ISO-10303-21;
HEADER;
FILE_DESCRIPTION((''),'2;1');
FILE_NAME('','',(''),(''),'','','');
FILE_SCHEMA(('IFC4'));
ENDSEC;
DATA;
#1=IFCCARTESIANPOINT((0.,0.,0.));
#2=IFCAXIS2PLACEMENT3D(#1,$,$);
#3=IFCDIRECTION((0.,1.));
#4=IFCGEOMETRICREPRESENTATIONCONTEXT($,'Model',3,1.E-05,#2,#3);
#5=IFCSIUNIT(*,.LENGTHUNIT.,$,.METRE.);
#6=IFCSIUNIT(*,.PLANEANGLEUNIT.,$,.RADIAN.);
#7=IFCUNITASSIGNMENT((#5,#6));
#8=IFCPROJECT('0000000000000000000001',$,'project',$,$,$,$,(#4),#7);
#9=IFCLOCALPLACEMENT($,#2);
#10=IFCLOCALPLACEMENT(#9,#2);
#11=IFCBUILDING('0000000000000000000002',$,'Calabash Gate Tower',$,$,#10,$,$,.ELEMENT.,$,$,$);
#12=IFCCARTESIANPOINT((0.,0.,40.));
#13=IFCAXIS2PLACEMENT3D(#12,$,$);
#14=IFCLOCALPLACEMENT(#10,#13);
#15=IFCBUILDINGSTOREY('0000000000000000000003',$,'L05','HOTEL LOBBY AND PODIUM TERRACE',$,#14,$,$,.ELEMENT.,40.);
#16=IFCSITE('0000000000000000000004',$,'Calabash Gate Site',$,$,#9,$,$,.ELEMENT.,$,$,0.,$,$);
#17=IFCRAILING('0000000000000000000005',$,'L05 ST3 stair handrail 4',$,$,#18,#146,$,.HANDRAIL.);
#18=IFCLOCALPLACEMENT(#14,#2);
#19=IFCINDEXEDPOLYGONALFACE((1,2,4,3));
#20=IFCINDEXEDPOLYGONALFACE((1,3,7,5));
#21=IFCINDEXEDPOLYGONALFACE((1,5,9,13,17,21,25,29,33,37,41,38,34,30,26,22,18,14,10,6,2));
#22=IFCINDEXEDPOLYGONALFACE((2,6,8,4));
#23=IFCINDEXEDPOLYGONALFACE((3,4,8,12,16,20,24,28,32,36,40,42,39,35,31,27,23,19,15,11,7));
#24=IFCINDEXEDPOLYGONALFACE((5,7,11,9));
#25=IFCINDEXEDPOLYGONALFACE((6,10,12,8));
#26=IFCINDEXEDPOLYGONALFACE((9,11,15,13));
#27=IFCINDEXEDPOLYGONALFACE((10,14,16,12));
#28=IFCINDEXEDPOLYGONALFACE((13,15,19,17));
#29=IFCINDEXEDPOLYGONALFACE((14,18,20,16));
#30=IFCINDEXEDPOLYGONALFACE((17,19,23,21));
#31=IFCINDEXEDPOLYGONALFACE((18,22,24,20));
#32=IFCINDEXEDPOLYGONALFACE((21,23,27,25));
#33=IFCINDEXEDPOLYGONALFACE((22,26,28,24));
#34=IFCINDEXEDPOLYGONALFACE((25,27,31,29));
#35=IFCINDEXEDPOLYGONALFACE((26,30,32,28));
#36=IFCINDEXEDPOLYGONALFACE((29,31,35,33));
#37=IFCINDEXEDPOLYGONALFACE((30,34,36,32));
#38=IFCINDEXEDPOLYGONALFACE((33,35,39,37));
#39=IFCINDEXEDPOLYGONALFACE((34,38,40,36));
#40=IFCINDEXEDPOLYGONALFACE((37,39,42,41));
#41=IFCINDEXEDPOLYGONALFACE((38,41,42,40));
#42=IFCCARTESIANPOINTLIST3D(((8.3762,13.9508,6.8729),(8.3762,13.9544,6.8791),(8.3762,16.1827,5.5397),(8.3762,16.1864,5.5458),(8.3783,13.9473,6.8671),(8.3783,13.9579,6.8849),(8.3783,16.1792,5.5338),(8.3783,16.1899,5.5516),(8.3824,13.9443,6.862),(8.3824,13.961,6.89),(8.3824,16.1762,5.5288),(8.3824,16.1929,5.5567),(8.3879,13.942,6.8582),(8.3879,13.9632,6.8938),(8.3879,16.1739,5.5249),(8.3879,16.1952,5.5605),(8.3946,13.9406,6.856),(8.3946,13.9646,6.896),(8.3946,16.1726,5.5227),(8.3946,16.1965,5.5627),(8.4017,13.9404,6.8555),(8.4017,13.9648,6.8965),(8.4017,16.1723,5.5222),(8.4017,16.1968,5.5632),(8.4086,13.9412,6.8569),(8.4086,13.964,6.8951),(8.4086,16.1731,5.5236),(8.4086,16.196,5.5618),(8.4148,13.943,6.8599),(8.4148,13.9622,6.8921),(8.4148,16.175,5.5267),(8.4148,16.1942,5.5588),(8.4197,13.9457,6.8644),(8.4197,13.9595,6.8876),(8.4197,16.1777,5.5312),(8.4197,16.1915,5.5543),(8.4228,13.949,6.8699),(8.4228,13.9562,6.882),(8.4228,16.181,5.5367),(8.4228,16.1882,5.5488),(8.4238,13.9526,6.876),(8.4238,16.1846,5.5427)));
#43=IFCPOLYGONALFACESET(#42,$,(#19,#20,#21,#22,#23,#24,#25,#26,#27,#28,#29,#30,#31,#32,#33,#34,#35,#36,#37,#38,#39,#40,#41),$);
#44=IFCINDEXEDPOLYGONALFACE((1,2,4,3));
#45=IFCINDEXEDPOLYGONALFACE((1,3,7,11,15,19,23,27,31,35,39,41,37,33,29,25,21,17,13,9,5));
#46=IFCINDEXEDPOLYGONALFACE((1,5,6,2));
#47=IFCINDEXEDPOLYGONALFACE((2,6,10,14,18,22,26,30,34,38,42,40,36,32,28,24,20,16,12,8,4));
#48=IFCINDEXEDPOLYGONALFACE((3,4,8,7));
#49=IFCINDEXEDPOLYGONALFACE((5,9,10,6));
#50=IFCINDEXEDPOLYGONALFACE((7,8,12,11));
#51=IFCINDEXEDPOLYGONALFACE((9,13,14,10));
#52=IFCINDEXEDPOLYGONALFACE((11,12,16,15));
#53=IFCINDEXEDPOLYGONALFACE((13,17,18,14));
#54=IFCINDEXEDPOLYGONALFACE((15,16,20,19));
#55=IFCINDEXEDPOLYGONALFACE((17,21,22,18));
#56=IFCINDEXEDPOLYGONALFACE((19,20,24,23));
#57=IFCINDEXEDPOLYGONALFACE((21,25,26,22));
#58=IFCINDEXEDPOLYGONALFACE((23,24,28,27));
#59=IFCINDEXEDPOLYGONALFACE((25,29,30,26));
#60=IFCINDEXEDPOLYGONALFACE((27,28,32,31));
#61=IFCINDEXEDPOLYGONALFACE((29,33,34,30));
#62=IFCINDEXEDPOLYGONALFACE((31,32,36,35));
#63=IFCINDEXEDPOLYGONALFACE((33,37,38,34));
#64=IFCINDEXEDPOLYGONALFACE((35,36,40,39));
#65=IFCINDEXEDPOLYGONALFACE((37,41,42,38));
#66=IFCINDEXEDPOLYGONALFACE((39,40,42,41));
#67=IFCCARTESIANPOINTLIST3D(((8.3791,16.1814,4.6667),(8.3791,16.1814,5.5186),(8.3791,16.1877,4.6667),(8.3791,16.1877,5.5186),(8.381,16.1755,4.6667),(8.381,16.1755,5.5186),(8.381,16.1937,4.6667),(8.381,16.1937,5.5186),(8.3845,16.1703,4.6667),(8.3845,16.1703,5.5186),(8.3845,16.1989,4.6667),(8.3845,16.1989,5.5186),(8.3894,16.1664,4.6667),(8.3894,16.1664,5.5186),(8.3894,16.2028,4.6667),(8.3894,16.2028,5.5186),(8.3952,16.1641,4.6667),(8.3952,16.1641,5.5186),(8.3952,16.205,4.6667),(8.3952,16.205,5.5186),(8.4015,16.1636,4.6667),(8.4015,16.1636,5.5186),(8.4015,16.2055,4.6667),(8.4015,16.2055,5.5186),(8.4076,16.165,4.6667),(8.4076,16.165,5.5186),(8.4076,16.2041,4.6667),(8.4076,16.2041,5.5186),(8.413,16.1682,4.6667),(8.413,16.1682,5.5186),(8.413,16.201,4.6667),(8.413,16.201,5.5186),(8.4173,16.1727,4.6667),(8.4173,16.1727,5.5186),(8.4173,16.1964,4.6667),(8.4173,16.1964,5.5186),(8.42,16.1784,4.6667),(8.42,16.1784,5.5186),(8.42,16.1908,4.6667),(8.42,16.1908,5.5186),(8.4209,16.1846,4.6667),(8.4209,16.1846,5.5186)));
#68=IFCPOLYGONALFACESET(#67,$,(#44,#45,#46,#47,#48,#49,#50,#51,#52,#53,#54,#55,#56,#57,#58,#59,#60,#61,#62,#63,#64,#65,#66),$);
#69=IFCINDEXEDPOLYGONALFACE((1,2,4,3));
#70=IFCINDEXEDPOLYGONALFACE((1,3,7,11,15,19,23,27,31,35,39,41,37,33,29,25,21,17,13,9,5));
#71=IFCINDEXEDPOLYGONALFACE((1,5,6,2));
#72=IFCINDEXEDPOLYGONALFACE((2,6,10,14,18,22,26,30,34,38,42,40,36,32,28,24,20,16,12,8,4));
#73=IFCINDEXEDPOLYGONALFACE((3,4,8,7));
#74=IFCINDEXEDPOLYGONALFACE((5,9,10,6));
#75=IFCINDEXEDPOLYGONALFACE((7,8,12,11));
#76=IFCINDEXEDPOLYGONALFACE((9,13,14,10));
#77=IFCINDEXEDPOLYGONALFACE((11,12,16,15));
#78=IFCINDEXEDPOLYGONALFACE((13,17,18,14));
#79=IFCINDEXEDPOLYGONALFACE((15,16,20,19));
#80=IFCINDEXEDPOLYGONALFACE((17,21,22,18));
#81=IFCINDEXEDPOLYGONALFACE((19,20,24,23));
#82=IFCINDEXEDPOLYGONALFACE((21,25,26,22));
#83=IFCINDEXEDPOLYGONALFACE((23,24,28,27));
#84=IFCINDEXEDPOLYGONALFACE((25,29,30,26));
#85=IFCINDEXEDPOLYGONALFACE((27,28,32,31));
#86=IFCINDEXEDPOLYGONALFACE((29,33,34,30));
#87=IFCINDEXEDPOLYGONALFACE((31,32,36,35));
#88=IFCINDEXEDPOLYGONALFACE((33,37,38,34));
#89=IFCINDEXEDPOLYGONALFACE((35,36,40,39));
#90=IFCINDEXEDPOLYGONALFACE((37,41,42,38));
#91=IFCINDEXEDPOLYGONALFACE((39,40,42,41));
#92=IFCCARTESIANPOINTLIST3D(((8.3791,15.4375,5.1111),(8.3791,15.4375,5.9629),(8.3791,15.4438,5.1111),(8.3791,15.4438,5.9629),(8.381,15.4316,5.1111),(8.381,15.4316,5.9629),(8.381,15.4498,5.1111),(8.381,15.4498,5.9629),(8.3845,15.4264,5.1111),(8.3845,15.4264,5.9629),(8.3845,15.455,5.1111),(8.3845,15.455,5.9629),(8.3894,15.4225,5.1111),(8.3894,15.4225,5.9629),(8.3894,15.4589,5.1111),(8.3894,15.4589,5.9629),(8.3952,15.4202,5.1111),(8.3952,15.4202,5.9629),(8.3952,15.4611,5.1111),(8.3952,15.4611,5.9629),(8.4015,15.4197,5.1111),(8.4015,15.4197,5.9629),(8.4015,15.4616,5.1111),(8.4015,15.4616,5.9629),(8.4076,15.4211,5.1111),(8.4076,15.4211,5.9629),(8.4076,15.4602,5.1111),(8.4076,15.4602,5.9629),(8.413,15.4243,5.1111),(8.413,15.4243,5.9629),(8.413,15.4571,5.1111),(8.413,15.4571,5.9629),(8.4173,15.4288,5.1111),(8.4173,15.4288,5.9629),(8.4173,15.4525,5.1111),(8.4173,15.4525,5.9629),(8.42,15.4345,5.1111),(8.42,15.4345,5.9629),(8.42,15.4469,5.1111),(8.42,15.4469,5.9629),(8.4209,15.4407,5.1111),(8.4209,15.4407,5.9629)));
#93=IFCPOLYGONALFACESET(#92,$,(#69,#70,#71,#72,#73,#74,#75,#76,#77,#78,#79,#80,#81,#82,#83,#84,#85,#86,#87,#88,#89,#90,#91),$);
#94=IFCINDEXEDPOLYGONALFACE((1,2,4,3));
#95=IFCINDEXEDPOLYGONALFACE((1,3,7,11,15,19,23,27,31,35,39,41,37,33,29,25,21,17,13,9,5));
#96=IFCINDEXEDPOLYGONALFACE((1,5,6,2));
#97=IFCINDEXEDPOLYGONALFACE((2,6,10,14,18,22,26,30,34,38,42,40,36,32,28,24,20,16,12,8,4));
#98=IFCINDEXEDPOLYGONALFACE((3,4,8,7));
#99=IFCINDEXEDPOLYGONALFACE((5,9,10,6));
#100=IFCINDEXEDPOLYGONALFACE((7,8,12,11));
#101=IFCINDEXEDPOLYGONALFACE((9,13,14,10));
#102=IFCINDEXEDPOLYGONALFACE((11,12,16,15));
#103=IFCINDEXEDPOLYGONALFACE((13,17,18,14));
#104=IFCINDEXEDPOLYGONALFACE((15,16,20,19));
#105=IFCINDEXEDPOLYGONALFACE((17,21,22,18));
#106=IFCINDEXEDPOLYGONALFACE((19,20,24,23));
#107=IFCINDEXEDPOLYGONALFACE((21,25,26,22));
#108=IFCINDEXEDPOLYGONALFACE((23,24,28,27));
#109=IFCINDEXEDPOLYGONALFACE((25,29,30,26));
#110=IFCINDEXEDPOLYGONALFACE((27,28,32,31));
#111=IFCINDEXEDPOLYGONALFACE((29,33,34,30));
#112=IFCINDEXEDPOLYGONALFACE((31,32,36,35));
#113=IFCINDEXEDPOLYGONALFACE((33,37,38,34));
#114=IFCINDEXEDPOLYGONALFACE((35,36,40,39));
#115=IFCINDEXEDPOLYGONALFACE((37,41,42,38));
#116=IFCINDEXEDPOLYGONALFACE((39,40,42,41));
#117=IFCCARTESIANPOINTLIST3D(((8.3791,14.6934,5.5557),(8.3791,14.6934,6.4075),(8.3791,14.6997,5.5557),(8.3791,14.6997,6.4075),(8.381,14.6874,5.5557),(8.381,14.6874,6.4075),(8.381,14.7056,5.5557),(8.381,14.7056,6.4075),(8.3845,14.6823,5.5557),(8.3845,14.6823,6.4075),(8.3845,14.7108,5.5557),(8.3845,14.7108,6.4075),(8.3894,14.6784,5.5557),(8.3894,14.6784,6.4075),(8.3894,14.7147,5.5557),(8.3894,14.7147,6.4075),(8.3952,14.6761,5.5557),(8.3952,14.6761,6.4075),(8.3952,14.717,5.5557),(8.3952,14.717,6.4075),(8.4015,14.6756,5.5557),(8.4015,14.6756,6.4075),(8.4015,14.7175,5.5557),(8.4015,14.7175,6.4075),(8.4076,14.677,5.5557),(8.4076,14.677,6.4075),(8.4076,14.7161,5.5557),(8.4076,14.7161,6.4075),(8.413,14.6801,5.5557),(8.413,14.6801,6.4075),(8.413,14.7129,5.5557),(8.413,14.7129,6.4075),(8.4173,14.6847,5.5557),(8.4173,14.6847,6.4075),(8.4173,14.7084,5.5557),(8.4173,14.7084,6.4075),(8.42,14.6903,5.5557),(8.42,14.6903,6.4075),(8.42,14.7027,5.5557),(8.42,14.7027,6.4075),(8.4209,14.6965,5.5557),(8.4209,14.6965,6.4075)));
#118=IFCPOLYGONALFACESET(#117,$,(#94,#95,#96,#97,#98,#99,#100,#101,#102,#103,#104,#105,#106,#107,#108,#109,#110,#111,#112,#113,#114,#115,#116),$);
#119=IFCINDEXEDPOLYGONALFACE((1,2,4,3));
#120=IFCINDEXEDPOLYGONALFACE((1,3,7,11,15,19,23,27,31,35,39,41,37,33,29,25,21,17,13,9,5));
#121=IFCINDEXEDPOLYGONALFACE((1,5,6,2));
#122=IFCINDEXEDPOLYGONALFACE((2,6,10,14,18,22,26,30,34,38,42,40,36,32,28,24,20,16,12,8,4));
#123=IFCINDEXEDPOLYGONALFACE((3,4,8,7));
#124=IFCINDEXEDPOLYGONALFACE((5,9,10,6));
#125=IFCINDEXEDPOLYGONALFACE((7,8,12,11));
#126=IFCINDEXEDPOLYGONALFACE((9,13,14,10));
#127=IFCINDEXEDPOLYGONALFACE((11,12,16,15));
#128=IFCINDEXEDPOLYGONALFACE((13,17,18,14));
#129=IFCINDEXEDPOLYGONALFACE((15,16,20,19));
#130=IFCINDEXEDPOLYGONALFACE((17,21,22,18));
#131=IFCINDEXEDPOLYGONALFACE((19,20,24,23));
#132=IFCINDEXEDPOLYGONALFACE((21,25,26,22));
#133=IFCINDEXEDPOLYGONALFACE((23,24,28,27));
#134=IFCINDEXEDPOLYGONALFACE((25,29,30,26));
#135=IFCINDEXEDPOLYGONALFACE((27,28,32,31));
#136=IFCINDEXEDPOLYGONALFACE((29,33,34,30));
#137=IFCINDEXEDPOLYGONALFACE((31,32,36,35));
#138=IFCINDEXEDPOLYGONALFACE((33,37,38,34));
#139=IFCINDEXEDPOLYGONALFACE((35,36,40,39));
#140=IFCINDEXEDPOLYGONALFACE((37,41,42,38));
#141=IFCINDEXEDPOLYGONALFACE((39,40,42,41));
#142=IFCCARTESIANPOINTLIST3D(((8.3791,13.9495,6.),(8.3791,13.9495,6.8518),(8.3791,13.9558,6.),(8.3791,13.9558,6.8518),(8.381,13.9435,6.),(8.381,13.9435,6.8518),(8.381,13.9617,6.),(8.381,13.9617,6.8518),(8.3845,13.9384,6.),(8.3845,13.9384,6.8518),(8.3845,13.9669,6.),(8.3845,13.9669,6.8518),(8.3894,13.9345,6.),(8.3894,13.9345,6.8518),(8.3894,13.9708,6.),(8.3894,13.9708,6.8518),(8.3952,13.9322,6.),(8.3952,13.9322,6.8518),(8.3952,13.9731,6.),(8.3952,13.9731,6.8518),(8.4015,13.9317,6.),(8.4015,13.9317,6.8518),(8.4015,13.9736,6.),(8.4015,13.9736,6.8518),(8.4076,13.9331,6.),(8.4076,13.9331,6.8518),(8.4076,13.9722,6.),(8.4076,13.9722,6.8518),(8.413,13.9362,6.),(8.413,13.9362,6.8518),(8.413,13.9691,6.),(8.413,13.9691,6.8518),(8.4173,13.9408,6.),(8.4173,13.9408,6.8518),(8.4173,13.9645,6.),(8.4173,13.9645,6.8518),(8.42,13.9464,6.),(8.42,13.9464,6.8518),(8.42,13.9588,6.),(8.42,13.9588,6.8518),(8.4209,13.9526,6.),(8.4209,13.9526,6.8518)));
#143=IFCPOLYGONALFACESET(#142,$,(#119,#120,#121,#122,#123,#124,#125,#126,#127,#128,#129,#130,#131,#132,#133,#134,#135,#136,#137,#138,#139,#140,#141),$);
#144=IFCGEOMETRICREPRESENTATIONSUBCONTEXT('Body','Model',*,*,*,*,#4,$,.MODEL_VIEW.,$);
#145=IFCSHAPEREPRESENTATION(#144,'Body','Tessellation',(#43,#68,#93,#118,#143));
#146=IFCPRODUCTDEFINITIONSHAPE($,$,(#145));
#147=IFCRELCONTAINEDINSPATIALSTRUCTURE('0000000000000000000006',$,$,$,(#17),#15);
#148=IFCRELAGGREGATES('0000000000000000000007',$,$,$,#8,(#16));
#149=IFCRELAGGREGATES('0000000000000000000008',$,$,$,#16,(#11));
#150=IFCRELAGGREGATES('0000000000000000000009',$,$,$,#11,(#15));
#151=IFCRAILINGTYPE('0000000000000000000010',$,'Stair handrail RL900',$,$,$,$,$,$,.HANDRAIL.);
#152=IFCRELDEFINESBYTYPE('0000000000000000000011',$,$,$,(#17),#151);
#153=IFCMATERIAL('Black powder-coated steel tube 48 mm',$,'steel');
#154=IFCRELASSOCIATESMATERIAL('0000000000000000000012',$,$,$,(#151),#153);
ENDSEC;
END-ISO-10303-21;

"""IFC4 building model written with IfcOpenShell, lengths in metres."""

from ifc_helpers import new_model, si_unit, direction, frame, origin, origin_2d, place, context, subcontext, project, spatial, circle, extrude, material, type_object, element, save


model = new_model("IFC4")

# Units and contexts
model_context = context("Model", 3, precision=1e-05, world=origin(), true_north=direction((0.0, 1.0)))
body_context = subcontext(model_context, "Body", "Model", "MODEL_VIEW")
ifc_project = project(units=[si_unit("LENGTHUNIT", "METRE"), si_unit("PLANEANGLEUNIT", "RADIAN")], contexts=[model_context])

# Site, building, storey
site_placement = place(None, origin())
site = spatial("IfcSite", under=ifc_project, at=site_placement, Name="Calabash Gate Site", CompositionType="ELEMENT", RefElevation=0.0)
building_placement = place(site_placement, origin())
building = spatial("IfcBuilding", under=site, at=building_placement, Name="Calabash Gate Tower", CompositionType="ELEMENT")
storey_placement = place(building_placement, frame((0.0, 0.0, 40.0)))
storey = spatial("IfcBuildingStorey", under=building, at=storey_placement, Name="L05", Description="HOTEL LOBBY AND PODIUM TERRACE", CompositionType="ELEMENT", Elevation=40.0)

# Railing
ifc_material_1 = material(Name="Black powder-coated steel tube 48 mm", Category="steel")
railing_type = type_object("IfcRailingType", Name="Stair handrail RL900", PredefinedType="HANDRAIL", material=ifc_material_1)
railing_1_placement = place(storey_placement, frame((8.3999, 16.1846, 4.6667)))
element("IfcRailing", 1, at=railing_1_placement, inside=storey, type_object=railing_type, Name="L05 ST3 stair handrail 4", PredefinedType="HANDRAIL", context=body_context, shape_type="SweptSolid", body=[
    extrude(circle(Radius=0.0239, at=origin_2d()), frame((0.0, 0.0, 0.876), z_axis=(0.0, -0.858494, 0.512824), x_axis=(1.0, 0.0, 0.0)), (0.0, 0.0, 1.0), 2.5999),
    extrude(circle(Radius=0.021, at=origin_2d()), origin(), (0.0, 0.0, 1.0), 0.8518),
    extrude(circle(Radius=0.021, at=origin_2d()), frame((0.0, -0.7439, 0.4443)), (0.0, 0.0, 1.0), 0.8518),
    extrude(circle(Radius=0.021, at=origin_2d()), frame((0.0, -1.488, 0.8889)), (0.0, 0.0, 1.0), 0.8518),
    extrude(circle(Radius=0.021, at=origin_2d()), frame((0.0, -2.2319, 1.3333)), (0.0, 0.0, 1.0), 0.8518),
])

save(model, "model.ifc")
